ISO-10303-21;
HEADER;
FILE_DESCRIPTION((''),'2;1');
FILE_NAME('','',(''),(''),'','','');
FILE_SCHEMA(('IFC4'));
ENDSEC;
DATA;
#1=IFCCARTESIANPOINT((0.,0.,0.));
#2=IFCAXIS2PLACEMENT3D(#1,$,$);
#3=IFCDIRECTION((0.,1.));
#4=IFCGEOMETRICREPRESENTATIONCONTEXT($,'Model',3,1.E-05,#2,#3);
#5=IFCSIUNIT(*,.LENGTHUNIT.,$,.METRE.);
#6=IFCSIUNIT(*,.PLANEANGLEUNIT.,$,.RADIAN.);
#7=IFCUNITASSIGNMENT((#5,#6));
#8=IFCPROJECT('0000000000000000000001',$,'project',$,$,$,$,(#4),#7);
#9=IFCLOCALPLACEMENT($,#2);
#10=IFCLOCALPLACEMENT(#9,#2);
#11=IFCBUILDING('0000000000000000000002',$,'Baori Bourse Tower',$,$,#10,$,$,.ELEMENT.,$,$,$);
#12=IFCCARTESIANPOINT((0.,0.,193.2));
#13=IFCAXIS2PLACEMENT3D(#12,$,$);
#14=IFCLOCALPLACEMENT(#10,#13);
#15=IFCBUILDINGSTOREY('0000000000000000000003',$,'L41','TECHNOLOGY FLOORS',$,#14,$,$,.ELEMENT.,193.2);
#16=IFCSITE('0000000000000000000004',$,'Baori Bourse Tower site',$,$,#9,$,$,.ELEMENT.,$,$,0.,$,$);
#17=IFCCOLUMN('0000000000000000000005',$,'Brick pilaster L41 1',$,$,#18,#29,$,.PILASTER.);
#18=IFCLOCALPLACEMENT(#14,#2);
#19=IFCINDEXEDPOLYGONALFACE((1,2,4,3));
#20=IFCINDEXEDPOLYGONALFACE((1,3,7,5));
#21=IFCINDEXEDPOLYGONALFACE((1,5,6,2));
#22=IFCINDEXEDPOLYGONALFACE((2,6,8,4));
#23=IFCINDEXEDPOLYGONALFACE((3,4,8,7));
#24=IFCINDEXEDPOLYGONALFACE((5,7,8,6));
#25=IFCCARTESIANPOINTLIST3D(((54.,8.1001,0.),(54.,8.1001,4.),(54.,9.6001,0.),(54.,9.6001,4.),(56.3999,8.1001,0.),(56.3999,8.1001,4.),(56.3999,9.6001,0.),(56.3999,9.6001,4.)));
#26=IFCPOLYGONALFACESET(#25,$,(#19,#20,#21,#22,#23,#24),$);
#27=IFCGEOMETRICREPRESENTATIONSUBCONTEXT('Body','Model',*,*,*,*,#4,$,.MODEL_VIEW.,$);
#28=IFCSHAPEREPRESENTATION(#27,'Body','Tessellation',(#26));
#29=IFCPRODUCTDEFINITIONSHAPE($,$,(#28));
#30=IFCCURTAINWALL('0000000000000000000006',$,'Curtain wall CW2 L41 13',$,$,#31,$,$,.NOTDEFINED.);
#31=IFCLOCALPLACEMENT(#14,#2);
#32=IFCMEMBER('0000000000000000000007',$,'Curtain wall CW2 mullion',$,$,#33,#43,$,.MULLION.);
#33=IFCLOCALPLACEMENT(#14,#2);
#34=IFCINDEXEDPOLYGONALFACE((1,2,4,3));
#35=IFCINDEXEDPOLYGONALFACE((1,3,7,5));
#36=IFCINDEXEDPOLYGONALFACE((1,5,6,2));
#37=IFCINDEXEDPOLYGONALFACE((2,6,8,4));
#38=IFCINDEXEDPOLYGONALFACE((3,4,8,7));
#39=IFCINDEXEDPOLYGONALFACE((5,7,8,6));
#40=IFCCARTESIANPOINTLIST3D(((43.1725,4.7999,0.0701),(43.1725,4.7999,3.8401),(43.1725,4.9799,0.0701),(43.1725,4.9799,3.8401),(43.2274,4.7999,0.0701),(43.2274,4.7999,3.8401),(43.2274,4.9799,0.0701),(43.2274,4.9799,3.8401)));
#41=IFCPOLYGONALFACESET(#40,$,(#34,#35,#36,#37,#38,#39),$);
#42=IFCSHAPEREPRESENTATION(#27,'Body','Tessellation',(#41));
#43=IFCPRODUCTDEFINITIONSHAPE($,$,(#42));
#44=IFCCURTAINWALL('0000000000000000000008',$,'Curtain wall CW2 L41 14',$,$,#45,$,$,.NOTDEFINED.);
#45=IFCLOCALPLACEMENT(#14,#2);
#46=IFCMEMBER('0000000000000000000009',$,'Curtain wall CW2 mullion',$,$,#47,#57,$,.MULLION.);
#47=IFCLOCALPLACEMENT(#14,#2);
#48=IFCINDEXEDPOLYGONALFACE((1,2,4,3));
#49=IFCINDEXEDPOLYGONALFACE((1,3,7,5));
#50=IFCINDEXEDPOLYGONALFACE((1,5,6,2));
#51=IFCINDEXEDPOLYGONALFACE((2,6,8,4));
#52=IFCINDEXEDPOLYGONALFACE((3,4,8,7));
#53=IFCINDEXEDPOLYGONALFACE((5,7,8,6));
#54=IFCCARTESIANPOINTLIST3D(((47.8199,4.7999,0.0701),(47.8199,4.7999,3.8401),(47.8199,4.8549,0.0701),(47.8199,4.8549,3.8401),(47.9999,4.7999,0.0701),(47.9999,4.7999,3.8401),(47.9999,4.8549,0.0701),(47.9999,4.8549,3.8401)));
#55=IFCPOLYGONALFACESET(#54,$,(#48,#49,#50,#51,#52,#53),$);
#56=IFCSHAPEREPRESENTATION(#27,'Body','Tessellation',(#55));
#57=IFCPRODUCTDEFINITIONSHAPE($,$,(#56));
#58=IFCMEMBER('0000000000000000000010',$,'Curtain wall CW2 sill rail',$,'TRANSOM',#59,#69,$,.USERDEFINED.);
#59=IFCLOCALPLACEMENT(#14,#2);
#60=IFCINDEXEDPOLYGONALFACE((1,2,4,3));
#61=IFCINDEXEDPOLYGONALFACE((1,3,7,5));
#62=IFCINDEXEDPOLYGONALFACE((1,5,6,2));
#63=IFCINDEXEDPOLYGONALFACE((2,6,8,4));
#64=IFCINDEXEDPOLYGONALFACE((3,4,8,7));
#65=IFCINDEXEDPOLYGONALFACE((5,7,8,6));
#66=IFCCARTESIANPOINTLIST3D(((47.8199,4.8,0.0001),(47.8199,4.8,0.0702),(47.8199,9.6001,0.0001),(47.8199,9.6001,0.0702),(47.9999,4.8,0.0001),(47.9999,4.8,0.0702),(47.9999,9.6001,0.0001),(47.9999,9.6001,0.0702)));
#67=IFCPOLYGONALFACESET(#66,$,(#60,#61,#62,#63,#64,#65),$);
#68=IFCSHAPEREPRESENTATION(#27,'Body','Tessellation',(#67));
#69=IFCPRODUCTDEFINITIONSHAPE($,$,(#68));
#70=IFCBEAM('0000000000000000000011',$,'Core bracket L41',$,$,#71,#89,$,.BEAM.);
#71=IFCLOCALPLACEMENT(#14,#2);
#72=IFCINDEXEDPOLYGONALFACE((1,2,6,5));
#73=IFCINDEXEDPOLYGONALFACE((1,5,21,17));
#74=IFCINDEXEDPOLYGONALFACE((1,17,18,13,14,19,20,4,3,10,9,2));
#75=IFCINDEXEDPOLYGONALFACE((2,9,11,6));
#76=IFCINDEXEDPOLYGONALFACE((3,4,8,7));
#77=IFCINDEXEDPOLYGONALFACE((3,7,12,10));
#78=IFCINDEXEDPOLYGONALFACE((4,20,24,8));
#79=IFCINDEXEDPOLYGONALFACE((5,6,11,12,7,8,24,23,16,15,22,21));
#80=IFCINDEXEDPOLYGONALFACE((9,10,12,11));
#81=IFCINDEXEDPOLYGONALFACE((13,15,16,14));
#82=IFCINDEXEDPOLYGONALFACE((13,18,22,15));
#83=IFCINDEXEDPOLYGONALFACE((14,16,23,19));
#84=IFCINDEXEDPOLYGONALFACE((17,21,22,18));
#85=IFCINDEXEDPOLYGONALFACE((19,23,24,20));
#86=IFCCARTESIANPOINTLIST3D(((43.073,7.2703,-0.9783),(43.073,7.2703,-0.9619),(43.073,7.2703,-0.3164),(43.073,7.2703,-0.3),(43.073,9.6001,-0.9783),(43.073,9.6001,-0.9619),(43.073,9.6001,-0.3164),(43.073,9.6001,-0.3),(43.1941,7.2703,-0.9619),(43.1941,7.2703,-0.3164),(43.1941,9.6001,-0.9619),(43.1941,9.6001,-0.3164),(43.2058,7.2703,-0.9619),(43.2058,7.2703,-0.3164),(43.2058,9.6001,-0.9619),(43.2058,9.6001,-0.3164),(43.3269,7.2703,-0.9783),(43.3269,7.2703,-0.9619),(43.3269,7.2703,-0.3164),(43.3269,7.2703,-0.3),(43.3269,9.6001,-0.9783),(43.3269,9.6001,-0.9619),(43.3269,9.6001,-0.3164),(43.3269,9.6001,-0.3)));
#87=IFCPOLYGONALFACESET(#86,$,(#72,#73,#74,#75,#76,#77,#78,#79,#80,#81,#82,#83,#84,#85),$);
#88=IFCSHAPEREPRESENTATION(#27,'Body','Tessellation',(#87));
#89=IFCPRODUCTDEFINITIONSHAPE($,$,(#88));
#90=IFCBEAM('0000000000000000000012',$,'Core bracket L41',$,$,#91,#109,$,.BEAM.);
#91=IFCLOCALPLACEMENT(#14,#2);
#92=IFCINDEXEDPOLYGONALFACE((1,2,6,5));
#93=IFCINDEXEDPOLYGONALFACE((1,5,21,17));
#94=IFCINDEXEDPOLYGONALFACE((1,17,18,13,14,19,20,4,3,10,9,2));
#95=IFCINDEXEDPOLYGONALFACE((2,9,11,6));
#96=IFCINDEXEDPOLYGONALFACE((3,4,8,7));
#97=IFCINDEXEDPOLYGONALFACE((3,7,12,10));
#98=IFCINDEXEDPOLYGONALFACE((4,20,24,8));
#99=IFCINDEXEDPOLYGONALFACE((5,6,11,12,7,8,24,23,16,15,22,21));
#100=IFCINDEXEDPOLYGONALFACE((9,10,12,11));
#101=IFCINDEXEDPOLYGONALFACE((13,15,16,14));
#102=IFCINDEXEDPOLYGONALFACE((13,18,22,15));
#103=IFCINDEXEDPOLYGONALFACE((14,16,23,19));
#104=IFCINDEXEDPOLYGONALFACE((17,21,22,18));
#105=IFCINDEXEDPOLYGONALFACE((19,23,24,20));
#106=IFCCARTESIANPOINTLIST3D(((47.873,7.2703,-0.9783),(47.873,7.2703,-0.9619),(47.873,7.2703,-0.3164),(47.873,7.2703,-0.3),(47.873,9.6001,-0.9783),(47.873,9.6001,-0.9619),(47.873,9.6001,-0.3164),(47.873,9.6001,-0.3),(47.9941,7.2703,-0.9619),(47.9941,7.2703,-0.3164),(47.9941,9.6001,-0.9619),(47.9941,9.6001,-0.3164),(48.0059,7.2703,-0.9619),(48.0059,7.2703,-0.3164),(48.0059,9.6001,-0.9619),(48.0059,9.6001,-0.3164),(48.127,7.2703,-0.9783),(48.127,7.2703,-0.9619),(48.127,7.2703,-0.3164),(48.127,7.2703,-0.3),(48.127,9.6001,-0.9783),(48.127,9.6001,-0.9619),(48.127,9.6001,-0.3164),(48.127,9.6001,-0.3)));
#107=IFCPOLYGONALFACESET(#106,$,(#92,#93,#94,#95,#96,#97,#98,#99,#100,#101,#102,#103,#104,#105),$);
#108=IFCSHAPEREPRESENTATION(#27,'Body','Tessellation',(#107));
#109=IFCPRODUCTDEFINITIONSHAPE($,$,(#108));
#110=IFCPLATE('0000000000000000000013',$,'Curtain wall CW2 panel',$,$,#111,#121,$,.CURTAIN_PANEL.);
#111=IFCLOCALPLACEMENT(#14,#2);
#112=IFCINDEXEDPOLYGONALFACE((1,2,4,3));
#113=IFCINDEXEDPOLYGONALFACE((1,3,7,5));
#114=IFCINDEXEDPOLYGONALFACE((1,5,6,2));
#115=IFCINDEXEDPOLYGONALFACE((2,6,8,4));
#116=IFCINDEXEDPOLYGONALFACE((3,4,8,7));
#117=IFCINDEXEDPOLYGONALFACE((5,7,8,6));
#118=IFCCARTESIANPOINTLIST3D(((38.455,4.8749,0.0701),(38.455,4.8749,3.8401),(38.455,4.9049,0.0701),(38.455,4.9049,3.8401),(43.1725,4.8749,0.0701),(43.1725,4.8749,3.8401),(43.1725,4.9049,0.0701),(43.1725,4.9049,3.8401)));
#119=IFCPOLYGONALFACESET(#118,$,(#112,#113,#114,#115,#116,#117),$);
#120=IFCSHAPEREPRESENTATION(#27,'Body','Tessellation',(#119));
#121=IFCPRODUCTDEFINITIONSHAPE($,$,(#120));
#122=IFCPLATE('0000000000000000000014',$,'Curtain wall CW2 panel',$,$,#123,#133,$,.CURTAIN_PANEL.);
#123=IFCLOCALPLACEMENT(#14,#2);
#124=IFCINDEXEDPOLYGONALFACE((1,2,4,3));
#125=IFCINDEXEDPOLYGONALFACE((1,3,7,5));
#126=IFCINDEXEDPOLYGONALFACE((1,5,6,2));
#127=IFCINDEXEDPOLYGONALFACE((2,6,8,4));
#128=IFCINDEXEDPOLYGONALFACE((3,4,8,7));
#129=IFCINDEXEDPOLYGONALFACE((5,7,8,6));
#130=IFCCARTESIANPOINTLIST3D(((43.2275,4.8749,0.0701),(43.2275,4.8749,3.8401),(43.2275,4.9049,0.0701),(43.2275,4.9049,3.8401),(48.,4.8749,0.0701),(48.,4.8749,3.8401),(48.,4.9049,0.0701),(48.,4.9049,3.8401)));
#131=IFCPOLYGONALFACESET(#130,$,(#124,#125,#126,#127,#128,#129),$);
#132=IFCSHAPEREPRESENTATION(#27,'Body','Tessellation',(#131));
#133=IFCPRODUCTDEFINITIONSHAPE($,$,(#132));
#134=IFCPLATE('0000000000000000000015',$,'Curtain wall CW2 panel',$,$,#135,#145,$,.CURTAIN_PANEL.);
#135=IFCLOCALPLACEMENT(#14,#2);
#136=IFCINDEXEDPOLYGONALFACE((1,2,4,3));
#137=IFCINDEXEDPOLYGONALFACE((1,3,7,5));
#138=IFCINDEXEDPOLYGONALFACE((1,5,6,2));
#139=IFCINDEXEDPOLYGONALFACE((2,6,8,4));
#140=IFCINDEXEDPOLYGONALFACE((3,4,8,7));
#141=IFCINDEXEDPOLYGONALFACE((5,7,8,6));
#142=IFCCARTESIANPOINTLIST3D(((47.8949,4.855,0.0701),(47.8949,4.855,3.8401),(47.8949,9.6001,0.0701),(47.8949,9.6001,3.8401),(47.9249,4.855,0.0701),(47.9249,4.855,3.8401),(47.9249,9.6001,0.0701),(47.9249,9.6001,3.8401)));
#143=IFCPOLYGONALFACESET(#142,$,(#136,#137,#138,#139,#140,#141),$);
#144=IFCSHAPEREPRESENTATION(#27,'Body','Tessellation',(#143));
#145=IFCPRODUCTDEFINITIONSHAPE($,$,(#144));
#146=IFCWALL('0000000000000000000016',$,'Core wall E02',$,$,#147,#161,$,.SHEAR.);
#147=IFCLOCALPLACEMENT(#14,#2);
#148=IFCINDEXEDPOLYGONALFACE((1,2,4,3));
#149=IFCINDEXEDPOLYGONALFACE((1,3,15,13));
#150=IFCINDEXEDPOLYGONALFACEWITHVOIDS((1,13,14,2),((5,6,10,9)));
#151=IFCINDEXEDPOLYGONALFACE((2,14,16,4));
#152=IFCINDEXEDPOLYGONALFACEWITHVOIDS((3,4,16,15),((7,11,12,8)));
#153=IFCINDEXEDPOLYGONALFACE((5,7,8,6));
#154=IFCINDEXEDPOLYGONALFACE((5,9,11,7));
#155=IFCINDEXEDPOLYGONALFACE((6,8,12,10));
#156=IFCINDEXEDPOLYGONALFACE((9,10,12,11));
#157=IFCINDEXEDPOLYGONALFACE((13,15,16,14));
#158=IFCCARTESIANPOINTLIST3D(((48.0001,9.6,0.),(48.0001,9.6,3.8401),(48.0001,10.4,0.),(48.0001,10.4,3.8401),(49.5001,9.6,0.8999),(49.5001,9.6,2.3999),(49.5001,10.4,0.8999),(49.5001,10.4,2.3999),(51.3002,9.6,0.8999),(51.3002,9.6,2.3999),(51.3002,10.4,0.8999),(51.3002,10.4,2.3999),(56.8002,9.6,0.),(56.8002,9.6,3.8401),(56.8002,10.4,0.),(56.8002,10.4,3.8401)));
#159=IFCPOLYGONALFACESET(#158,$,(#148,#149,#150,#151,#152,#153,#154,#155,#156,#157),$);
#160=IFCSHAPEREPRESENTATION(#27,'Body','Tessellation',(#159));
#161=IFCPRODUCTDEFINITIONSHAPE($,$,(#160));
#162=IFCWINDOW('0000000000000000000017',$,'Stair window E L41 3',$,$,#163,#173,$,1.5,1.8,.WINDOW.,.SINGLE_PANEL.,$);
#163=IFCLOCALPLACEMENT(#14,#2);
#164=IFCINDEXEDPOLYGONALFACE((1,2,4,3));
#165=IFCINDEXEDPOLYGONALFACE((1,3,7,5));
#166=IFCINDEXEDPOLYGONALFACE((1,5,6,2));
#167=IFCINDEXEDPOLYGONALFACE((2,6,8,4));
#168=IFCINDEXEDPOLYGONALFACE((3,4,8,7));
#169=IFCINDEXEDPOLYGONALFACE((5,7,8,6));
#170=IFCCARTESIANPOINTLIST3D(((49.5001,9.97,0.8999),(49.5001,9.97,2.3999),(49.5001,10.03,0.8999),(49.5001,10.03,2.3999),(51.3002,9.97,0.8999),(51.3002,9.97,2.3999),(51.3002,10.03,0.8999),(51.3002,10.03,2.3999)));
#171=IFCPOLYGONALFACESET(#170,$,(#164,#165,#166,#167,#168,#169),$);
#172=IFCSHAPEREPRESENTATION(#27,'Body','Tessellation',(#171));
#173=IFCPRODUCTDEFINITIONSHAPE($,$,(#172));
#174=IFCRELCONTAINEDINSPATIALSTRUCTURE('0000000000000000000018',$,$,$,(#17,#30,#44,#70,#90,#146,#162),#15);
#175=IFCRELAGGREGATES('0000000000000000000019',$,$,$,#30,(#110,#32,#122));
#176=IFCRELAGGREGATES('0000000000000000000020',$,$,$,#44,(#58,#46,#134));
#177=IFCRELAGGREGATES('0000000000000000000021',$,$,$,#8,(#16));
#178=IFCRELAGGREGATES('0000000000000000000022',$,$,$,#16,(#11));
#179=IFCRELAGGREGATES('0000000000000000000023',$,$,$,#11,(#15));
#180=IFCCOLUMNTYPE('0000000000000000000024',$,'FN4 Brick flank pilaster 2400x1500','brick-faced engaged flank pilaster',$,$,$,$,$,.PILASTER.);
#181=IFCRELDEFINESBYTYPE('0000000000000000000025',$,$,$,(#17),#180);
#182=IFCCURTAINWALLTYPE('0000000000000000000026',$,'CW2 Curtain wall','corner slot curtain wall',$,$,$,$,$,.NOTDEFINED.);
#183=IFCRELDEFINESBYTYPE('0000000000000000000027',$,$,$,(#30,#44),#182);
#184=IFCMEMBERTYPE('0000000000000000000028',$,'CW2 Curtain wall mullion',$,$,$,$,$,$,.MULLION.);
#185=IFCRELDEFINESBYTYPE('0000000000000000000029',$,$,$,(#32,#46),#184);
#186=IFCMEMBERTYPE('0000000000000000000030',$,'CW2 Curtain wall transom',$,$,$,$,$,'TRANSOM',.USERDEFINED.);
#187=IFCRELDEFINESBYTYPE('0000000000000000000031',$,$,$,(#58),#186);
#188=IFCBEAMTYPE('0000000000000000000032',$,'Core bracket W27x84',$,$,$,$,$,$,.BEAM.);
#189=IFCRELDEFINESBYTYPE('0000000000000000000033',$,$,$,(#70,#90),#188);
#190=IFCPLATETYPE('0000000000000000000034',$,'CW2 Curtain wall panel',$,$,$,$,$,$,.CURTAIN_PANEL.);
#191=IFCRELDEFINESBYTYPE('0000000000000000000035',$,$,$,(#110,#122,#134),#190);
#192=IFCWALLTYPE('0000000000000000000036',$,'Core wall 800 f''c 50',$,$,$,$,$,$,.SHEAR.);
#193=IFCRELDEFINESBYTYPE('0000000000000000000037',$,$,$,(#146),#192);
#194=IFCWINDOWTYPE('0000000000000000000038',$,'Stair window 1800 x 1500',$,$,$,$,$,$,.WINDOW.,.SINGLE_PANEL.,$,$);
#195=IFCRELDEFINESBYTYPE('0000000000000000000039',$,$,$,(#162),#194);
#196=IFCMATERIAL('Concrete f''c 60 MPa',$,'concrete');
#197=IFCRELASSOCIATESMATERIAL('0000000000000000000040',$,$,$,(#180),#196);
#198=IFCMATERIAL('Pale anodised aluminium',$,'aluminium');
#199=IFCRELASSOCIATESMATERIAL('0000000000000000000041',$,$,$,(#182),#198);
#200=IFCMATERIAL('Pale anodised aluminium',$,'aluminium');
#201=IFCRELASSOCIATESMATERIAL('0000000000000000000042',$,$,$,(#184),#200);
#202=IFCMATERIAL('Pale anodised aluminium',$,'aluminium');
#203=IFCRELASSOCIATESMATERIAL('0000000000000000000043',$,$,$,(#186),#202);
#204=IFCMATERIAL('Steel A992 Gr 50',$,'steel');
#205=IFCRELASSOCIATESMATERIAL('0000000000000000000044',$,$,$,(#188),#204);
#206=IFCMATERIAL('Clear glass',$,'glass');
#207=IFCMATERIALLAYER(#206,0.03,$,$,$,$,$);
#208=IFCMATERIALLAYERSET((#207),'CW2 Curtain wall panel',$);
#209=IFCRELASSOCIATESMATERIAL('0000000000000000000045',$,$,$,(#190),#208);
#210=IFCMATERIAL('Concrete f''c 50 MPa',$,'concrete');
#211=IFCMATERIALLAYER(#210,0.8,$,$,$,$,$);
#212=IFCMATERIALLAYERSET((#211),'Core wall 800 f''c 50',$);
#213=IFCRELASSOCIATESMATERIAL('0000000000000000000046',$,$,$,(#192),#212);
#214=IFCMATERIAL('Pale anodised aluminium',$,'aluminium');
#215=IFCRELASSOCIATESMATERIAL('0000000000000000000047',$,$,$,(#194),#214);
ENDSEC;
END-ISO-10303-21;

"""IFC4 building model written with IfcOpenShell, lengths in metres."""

from ifc_helpers import new_model, si_unit, direction, frame, frame_2d, origin, origin_2d, place, context, subcontext, project, spatial, rectangle, i_section, extrude, material, layer, layer_set, material_profile, profile_set, type_object, element, fill, aggregate, save


model = new_model("IFC4")

# Units and contexts
model_context = context("Model", 3, precision=1e-05, world=origin(), true_north=direction((0.0, 1.0)))
body_context = subcontext(model_context, "Body", "Model", "MODEL_VIEW")
ifc_project = project(units=[si_unit("LENGTHUNIT", "METRE"), si_unit("PLANEANGLEUNIT", "RADIAN")], contexts=[model_context])

# Site, building, storey
site_placement = place(None, origin())
site = spatial("IfcSite", under=ifc_project, at=site_placement, Name="Baori Bourse Tower site", CompositionType="ELEMENT", RefElevation=0.0)
building_placement = place(site_placement, origin())
building = spatial("IfcBuilding", under=site, at=building_placement, Name="Baori Bourse Tower", CompositionType="ELEMENT")
storey_placement = place(building_placement, frame((0.0, 0.0, 193.2)))
storey = spatial("IfcBuildingStorey", under=building, at=storey_placement, Name="L41", Description="TECHNOLOGY FLOORS", CompositionType="ELEMENT", Elevation=193.2)

# Column
ifc_material_1 = material(Name="Concrete f'c 60 MPa", Category="concrete")
ifc_material_profile_1 = material_profile(ifc_material_1, rectangle(XDim=2.3999, YDim=1.5, at=origin_2d()), Name="RC 2400x1500")
ifc_profile_set_1 = profile_set([ifc_material_profile_1], Name="Concrete f'c 60 MPa")
column_type = type_object("IfcColumnType", Name="FN4 Brick flank pilaster 2400x1500", Description="brick-faced engaged flank pilaster", PredefinedType="PILASTER", material=ifc_profile_set_1)
column_placement = place(storey_placement, frame((55.2, 8.8501, 0.0), z_axis=(0.0, 0.0, 1.0), x_axis=(1.0, 0.0, 0.0)))
element("IfcColumn", 1, at=column_placement, inside=storey, type_object=column_type, Name="Brick pilaster L41 1", PredefinedType="PILASTER", context=body_context, shape_type="SweptSolid", body=[
    extrude(rectangle(XDim=2.3999, YDim=1.5, at=origin_2d()), origin(), (0.0, 0.0, 1.0), 4.0),
])

# Curtain wall, member
ifc_material_2 = material(Name="Pale anodised aluminium", Category="aluminium")
curtain_wall_type = type_object("IfcCurtainWallType", Name="CW2 Curtain wall", Description="corner slot curtain wall", PredefinedType="NOTDEFINED", material=ifc_material_2)
curtain_wall_1_placement = place(storey_placement, origin())
curtain_wall_1 = element("IfcCurtainWall", 2, at=curtain_wall_1_placement, inside=storey, type_object=curtain_wall_type, Name="Curtain wall CW2 L41 13", PredefinedType="NOTDEFINED")
ifc_material_3 = material(Name="Pale anodised aluminium", Category="aluminium")
ifc_material_profile_2 = material_profile(ifc_material_3, rectangle(XDim=0.1799, YDim=0.0549, at=origin_2d()), Name="Mullion 55x180")
ifc_profile_set_2 = profile_set([ifc_material_profile_2], Name="Pale anodised aluminium")
member_type_1 = type_object("IfcMemberType", Name="CW2 Curtain wall mullion", PredefinedType="MULLION", material=ifc_profile_set_2)
member_1_placement = place(storey_placement, frame((43.2, 4.8899, 0.0701), z_axis=(0.0, 0.0, 1.0), x_axis=(0.0, 1.0, 0.0)))
member_1 = element("IfcMember", 3, at=member_1_placement, type_object=member_type_1, Name="Curtain wall CW2 mullion", PredefinedType="MULLION", context=body_context, shape_type="SweptSolid", body=[
    extrude(rectangle(XDim=0.1799, YDim=0.0549, at=origin_2d()), origin(), (0.0, 0.0, 1.0), 3.77),
])

# Curtain wall, members
curtain_wall_2_placement = place(storey_placement, origin())
curtain_wall_2 = element("IfcCurtainWall", 4, at=curtain_wall_2_placement, inside=storey, type_object=curtain_wall_type, Name="Curtain wall CW2 L41 14", PredefinedType="NOTDEFINED")
member_2_placement = place(storey_placement, frame((47.9099, 4.8274, 0.0701), z_axis=(0.0, 0.0, 1.0), x_axis=(-1.0, 0.0, 0.0)))
member_2 = element("IfcMember", 5, at=member_2_placement, type_object=member_type_1, Name="Curtain wall CW2 mullion", PredefinedType="MULLION", context=body_context, shape_type="SweptSolid", body=[
    extrude(rectangle(XDim=0.1799, YDim=0.0549, at=origin_2d()), origin(), (0.0, 0.0, 1.0), 3.77),
])
ifc_material_4 = material(Name="Pale anodised aluminium", Category="aluminium")
ifc_material_profile_3 = material_profile(ifc_material_4, rectangle(XDim=0.1799, YDim=0.0701, at=origin_2d()), Name="Transom 70x180")
ifc_profile_set_3 = profile_set([ifc_material_profile_3], Name="Pale anodised aluminium")
member_type_2 = type_object("IfcMemberType", Name="CW2 Curtain wall transom", ElementType="TRANSOM", PredefinedType="USERDEFINED", material=ifc_profile_set_3)
member_3_placement = place(storey_placement, frame((47.9099, 4.8, 0.0352), z_axis=(0.0, 1.0, 0.0), x_axis=(-1.0, 0.0, 0.0)))
member_3 = element("IfcMember", 6, at=member_3_placement, type_object=member_type_2, Name="Curtain wall CW2 sill rail", ObjectType="TRANSOM", PredefinedType="USERDEFINED", context=body_context, shape_type="SweptSolid", body=[
    extrude(rectangle(XDim=0.1799, YDim=0.0701, at=origin_2d()), origin(), (0.0, 0.0, 1.0), 4.8),
])

# Beams
ifc_material_5 = material(Name="Steel A992 Gr 50", Category="steel")
ifc_material_profile_4 = material_profile(ifc_material_5, i_section(OverallWidth=0.2539, OverallDepth=0.6782, WebThickness=0.0117, FlangeThickness=0.0164, at=origin_2d()), Name="W27x84")
ifc_profile_set_4 = profile_set([ifc_material_profile_4], Name="Steel A992 Gr 50")
beam_type = type_object("IfcBeamType", Name="Core bracket W27x84", PredefinedType="BEAM", material=ifc_profile_set_4)
for number, where, z_axis, x_axis, name in (
    (7, (43.2, 7.2703, -0.6392), (0.0, 1.0, 0.0), (-1.0, 0.0, 0.0), "Core bracket L41"),
    (8, (48.0, 7.2703, -0.6392), (0.0, 1.0, 0.0), (-1.0, 0.0, 0.0), "Core bracket L41"),
):
    element("IfcBeam", number, at=place(storey_placement, frame(where, z_axis=z_axis, x_axis=x_axis)), inside=storey, type_object=beam_type, Name=name, PredefinedType="BEAM", context=body_context, shape_type="SweptSolid", body=[
        extrude(i_section(OverallWidth=0.2539, OverallDepth=0.6782, WebThickness=0.0117, FlangeThickness=0.0164, at=origin_2d()), origin(), (0.0, 0.0, 1.0), 2.3298),
    ])

# Plates
ifc_material_6 = material(Name="Clear glass", Category="glass")
ifc_layer_1 = layer(ifc_material_6, 0.03)
ifc_layer_set_1 = layer_set([ifc_layer_1], Name="CW2 Curtain wall panel")
plate_type = type_object("IfcPlateType", Name="CW2 Curtain wall panel", PredefinedType="CURTAIN_PANEL", material=ifc_layer_set_1)
plate_1_placement = place(storey_placement, frame((40.8137, 4.8899, 0.0701), z_axis=(0.0, 0.0, 1.0), x_axis=(1.0, 0.0, 0.0)))
plate_1 = element("IfcPlate", 9, at=plate_1_placement, type_object=plate_type, Name="Curtain wall CW2 panel", PredefinedType="CURTAIN_PANEL", context=body_context, shape_type="SweptSolid", body=[
    extrude(rectangle(XDim=4.7175, YDim=0.03, at=origin_2d()), origin(), (0.0, 0.0, 1.0), 3.77),
])
plate_2_placement = place(storey_placement, frame((45.6138, 4.8899, 0.0701), z_axis=(0.0, 0.0, 1.0), x_axis=(1.0, 0.0, 0.0)))
plate_2 = element("IfcPlate", 10, at=plate_2_placement, type_object=plate_type, Name="Curtain wall CW2 panel", PredefinedType="CURTAIN_PANEL", context=body_context, shape_type="SweptSolid", body=[
    extrude(rectangle(XDim=4.7725, YDim=0.03, at=origin_2d()), origin(), (0.0, 0.0, 1.0), 3.77),
])
aggregate(curtain_wall_1, [plate_1, member_1, plate_2])
plate_3_placement = place(storey_placement, frame((47.9099, 7.2275, 0.0701), z_axis=(0.0, 0.0, 1.0), x_axis=(0.0, 1.0, 0.0)))
plate_3 = element("IfcPlate", 11, at=plate_3_placement, type_object=plate_type, Name="Curtain wall CW2 panel", PredefinedType="CURTAIN_PANEL", context=body_context, shape_type="SweptSolid", body=[
    extrude(rectangle(XDim=4.7451, YDim=0.03, at=origin_2d()), origin(), (0.0, 0.0, 1.0), 3.77),
])
aggregate(curtain_wall_2, [member_3, member_2, plate_3])

# Wall, opening, window
ifc_material_7 = material(Name="Concrete f'c 50 MPa", Category="concrete")
ifc_layer_2 = layer(ifc_material_7, 0.8)
ifc_layer_set_2 = layer_set([ifc_layer_2], Name="Core wall 800 f'c 50")
wall_type_1 = type_object("IfcWallType", Name="Core wall 800 f'c 50", PredefinedType="SHEAR", material=ifc_layer_set_2)
wall_1_placement = place(storey_placement, frame((56.8, 10.0, 0.0), z_axis=(0.0, 0.0, 1.0), x_axis=(-1.0, 0.0, 0.0)))
wall_1 = element("IfcWall", 12, at=wall_1_placement, inside=storey, type_object=wall_type_1, Name="Core wall E02", PredefinedType="SHEAR", context=body_context, shape_type="SweptSolid", body=[
    extrude(rectangle(XDim=8.8, YDim=0.8, at=frame_2d((4.3999, 0.0))), origin(), (0.0, 0.0, 1.0), 3.8401),
])
opening_1_placement = place(wall_1_placement, frame((5.5, 0.0, 0.8999)))
opening_1 = element("IfcOpeningElement", 13, at=opening_1_placement, cuts=wall_1, PredefinedType="OPENING", context=body_context, shape_type="SweptSolid", body=[
    extrude(rectangle(XDim=1.8, YDim=1.5, at=frame_2d((0.8999, 0.75))), frame((0.0, 0.4099, 0.0), z_axis=(0.0, -1.0, 0.0), x_axis=(1.0, 0.0, 0.0)), (0.0, 0.0, 1.0), 0.8201),
])
ifc_material_8 = material(Name="Pale anodised aluminium", Category="aluminium")
window_type = type_object("IfcWindowType", Name="Stair window 1800 x 1500", PartitioningType="SINGLE_PANEL", PredefinedType="WINDOW", material=ifc_material_8)
window_placement = place(opening_1_placement, origin())
window = element("IfcWindow", 14, at=window_placement, inside=storey, type_object=window_type, Name="Stair window E L41 3", OverallHeight=1.5, OverallWidth=1.8, PartitioningType="SINGLE_PANEL", PredefinedType="WINDOW", context=body_context, shape_type="SweptSolid", body=[
    extrude(rectangle(XDim=1.8, YDim=1.5, at=frame_2d((0.8999, 0.75))), frame((0.0, 0.03, 0.0), z_axis=(0.0, -1.0, 0.0), x_axis=(1.0, 0.0, 0.0)), (0.0, 0.0, 1.0), 0.0601),
])
fill(opening_1, window)

save(model, "model.ifc")
